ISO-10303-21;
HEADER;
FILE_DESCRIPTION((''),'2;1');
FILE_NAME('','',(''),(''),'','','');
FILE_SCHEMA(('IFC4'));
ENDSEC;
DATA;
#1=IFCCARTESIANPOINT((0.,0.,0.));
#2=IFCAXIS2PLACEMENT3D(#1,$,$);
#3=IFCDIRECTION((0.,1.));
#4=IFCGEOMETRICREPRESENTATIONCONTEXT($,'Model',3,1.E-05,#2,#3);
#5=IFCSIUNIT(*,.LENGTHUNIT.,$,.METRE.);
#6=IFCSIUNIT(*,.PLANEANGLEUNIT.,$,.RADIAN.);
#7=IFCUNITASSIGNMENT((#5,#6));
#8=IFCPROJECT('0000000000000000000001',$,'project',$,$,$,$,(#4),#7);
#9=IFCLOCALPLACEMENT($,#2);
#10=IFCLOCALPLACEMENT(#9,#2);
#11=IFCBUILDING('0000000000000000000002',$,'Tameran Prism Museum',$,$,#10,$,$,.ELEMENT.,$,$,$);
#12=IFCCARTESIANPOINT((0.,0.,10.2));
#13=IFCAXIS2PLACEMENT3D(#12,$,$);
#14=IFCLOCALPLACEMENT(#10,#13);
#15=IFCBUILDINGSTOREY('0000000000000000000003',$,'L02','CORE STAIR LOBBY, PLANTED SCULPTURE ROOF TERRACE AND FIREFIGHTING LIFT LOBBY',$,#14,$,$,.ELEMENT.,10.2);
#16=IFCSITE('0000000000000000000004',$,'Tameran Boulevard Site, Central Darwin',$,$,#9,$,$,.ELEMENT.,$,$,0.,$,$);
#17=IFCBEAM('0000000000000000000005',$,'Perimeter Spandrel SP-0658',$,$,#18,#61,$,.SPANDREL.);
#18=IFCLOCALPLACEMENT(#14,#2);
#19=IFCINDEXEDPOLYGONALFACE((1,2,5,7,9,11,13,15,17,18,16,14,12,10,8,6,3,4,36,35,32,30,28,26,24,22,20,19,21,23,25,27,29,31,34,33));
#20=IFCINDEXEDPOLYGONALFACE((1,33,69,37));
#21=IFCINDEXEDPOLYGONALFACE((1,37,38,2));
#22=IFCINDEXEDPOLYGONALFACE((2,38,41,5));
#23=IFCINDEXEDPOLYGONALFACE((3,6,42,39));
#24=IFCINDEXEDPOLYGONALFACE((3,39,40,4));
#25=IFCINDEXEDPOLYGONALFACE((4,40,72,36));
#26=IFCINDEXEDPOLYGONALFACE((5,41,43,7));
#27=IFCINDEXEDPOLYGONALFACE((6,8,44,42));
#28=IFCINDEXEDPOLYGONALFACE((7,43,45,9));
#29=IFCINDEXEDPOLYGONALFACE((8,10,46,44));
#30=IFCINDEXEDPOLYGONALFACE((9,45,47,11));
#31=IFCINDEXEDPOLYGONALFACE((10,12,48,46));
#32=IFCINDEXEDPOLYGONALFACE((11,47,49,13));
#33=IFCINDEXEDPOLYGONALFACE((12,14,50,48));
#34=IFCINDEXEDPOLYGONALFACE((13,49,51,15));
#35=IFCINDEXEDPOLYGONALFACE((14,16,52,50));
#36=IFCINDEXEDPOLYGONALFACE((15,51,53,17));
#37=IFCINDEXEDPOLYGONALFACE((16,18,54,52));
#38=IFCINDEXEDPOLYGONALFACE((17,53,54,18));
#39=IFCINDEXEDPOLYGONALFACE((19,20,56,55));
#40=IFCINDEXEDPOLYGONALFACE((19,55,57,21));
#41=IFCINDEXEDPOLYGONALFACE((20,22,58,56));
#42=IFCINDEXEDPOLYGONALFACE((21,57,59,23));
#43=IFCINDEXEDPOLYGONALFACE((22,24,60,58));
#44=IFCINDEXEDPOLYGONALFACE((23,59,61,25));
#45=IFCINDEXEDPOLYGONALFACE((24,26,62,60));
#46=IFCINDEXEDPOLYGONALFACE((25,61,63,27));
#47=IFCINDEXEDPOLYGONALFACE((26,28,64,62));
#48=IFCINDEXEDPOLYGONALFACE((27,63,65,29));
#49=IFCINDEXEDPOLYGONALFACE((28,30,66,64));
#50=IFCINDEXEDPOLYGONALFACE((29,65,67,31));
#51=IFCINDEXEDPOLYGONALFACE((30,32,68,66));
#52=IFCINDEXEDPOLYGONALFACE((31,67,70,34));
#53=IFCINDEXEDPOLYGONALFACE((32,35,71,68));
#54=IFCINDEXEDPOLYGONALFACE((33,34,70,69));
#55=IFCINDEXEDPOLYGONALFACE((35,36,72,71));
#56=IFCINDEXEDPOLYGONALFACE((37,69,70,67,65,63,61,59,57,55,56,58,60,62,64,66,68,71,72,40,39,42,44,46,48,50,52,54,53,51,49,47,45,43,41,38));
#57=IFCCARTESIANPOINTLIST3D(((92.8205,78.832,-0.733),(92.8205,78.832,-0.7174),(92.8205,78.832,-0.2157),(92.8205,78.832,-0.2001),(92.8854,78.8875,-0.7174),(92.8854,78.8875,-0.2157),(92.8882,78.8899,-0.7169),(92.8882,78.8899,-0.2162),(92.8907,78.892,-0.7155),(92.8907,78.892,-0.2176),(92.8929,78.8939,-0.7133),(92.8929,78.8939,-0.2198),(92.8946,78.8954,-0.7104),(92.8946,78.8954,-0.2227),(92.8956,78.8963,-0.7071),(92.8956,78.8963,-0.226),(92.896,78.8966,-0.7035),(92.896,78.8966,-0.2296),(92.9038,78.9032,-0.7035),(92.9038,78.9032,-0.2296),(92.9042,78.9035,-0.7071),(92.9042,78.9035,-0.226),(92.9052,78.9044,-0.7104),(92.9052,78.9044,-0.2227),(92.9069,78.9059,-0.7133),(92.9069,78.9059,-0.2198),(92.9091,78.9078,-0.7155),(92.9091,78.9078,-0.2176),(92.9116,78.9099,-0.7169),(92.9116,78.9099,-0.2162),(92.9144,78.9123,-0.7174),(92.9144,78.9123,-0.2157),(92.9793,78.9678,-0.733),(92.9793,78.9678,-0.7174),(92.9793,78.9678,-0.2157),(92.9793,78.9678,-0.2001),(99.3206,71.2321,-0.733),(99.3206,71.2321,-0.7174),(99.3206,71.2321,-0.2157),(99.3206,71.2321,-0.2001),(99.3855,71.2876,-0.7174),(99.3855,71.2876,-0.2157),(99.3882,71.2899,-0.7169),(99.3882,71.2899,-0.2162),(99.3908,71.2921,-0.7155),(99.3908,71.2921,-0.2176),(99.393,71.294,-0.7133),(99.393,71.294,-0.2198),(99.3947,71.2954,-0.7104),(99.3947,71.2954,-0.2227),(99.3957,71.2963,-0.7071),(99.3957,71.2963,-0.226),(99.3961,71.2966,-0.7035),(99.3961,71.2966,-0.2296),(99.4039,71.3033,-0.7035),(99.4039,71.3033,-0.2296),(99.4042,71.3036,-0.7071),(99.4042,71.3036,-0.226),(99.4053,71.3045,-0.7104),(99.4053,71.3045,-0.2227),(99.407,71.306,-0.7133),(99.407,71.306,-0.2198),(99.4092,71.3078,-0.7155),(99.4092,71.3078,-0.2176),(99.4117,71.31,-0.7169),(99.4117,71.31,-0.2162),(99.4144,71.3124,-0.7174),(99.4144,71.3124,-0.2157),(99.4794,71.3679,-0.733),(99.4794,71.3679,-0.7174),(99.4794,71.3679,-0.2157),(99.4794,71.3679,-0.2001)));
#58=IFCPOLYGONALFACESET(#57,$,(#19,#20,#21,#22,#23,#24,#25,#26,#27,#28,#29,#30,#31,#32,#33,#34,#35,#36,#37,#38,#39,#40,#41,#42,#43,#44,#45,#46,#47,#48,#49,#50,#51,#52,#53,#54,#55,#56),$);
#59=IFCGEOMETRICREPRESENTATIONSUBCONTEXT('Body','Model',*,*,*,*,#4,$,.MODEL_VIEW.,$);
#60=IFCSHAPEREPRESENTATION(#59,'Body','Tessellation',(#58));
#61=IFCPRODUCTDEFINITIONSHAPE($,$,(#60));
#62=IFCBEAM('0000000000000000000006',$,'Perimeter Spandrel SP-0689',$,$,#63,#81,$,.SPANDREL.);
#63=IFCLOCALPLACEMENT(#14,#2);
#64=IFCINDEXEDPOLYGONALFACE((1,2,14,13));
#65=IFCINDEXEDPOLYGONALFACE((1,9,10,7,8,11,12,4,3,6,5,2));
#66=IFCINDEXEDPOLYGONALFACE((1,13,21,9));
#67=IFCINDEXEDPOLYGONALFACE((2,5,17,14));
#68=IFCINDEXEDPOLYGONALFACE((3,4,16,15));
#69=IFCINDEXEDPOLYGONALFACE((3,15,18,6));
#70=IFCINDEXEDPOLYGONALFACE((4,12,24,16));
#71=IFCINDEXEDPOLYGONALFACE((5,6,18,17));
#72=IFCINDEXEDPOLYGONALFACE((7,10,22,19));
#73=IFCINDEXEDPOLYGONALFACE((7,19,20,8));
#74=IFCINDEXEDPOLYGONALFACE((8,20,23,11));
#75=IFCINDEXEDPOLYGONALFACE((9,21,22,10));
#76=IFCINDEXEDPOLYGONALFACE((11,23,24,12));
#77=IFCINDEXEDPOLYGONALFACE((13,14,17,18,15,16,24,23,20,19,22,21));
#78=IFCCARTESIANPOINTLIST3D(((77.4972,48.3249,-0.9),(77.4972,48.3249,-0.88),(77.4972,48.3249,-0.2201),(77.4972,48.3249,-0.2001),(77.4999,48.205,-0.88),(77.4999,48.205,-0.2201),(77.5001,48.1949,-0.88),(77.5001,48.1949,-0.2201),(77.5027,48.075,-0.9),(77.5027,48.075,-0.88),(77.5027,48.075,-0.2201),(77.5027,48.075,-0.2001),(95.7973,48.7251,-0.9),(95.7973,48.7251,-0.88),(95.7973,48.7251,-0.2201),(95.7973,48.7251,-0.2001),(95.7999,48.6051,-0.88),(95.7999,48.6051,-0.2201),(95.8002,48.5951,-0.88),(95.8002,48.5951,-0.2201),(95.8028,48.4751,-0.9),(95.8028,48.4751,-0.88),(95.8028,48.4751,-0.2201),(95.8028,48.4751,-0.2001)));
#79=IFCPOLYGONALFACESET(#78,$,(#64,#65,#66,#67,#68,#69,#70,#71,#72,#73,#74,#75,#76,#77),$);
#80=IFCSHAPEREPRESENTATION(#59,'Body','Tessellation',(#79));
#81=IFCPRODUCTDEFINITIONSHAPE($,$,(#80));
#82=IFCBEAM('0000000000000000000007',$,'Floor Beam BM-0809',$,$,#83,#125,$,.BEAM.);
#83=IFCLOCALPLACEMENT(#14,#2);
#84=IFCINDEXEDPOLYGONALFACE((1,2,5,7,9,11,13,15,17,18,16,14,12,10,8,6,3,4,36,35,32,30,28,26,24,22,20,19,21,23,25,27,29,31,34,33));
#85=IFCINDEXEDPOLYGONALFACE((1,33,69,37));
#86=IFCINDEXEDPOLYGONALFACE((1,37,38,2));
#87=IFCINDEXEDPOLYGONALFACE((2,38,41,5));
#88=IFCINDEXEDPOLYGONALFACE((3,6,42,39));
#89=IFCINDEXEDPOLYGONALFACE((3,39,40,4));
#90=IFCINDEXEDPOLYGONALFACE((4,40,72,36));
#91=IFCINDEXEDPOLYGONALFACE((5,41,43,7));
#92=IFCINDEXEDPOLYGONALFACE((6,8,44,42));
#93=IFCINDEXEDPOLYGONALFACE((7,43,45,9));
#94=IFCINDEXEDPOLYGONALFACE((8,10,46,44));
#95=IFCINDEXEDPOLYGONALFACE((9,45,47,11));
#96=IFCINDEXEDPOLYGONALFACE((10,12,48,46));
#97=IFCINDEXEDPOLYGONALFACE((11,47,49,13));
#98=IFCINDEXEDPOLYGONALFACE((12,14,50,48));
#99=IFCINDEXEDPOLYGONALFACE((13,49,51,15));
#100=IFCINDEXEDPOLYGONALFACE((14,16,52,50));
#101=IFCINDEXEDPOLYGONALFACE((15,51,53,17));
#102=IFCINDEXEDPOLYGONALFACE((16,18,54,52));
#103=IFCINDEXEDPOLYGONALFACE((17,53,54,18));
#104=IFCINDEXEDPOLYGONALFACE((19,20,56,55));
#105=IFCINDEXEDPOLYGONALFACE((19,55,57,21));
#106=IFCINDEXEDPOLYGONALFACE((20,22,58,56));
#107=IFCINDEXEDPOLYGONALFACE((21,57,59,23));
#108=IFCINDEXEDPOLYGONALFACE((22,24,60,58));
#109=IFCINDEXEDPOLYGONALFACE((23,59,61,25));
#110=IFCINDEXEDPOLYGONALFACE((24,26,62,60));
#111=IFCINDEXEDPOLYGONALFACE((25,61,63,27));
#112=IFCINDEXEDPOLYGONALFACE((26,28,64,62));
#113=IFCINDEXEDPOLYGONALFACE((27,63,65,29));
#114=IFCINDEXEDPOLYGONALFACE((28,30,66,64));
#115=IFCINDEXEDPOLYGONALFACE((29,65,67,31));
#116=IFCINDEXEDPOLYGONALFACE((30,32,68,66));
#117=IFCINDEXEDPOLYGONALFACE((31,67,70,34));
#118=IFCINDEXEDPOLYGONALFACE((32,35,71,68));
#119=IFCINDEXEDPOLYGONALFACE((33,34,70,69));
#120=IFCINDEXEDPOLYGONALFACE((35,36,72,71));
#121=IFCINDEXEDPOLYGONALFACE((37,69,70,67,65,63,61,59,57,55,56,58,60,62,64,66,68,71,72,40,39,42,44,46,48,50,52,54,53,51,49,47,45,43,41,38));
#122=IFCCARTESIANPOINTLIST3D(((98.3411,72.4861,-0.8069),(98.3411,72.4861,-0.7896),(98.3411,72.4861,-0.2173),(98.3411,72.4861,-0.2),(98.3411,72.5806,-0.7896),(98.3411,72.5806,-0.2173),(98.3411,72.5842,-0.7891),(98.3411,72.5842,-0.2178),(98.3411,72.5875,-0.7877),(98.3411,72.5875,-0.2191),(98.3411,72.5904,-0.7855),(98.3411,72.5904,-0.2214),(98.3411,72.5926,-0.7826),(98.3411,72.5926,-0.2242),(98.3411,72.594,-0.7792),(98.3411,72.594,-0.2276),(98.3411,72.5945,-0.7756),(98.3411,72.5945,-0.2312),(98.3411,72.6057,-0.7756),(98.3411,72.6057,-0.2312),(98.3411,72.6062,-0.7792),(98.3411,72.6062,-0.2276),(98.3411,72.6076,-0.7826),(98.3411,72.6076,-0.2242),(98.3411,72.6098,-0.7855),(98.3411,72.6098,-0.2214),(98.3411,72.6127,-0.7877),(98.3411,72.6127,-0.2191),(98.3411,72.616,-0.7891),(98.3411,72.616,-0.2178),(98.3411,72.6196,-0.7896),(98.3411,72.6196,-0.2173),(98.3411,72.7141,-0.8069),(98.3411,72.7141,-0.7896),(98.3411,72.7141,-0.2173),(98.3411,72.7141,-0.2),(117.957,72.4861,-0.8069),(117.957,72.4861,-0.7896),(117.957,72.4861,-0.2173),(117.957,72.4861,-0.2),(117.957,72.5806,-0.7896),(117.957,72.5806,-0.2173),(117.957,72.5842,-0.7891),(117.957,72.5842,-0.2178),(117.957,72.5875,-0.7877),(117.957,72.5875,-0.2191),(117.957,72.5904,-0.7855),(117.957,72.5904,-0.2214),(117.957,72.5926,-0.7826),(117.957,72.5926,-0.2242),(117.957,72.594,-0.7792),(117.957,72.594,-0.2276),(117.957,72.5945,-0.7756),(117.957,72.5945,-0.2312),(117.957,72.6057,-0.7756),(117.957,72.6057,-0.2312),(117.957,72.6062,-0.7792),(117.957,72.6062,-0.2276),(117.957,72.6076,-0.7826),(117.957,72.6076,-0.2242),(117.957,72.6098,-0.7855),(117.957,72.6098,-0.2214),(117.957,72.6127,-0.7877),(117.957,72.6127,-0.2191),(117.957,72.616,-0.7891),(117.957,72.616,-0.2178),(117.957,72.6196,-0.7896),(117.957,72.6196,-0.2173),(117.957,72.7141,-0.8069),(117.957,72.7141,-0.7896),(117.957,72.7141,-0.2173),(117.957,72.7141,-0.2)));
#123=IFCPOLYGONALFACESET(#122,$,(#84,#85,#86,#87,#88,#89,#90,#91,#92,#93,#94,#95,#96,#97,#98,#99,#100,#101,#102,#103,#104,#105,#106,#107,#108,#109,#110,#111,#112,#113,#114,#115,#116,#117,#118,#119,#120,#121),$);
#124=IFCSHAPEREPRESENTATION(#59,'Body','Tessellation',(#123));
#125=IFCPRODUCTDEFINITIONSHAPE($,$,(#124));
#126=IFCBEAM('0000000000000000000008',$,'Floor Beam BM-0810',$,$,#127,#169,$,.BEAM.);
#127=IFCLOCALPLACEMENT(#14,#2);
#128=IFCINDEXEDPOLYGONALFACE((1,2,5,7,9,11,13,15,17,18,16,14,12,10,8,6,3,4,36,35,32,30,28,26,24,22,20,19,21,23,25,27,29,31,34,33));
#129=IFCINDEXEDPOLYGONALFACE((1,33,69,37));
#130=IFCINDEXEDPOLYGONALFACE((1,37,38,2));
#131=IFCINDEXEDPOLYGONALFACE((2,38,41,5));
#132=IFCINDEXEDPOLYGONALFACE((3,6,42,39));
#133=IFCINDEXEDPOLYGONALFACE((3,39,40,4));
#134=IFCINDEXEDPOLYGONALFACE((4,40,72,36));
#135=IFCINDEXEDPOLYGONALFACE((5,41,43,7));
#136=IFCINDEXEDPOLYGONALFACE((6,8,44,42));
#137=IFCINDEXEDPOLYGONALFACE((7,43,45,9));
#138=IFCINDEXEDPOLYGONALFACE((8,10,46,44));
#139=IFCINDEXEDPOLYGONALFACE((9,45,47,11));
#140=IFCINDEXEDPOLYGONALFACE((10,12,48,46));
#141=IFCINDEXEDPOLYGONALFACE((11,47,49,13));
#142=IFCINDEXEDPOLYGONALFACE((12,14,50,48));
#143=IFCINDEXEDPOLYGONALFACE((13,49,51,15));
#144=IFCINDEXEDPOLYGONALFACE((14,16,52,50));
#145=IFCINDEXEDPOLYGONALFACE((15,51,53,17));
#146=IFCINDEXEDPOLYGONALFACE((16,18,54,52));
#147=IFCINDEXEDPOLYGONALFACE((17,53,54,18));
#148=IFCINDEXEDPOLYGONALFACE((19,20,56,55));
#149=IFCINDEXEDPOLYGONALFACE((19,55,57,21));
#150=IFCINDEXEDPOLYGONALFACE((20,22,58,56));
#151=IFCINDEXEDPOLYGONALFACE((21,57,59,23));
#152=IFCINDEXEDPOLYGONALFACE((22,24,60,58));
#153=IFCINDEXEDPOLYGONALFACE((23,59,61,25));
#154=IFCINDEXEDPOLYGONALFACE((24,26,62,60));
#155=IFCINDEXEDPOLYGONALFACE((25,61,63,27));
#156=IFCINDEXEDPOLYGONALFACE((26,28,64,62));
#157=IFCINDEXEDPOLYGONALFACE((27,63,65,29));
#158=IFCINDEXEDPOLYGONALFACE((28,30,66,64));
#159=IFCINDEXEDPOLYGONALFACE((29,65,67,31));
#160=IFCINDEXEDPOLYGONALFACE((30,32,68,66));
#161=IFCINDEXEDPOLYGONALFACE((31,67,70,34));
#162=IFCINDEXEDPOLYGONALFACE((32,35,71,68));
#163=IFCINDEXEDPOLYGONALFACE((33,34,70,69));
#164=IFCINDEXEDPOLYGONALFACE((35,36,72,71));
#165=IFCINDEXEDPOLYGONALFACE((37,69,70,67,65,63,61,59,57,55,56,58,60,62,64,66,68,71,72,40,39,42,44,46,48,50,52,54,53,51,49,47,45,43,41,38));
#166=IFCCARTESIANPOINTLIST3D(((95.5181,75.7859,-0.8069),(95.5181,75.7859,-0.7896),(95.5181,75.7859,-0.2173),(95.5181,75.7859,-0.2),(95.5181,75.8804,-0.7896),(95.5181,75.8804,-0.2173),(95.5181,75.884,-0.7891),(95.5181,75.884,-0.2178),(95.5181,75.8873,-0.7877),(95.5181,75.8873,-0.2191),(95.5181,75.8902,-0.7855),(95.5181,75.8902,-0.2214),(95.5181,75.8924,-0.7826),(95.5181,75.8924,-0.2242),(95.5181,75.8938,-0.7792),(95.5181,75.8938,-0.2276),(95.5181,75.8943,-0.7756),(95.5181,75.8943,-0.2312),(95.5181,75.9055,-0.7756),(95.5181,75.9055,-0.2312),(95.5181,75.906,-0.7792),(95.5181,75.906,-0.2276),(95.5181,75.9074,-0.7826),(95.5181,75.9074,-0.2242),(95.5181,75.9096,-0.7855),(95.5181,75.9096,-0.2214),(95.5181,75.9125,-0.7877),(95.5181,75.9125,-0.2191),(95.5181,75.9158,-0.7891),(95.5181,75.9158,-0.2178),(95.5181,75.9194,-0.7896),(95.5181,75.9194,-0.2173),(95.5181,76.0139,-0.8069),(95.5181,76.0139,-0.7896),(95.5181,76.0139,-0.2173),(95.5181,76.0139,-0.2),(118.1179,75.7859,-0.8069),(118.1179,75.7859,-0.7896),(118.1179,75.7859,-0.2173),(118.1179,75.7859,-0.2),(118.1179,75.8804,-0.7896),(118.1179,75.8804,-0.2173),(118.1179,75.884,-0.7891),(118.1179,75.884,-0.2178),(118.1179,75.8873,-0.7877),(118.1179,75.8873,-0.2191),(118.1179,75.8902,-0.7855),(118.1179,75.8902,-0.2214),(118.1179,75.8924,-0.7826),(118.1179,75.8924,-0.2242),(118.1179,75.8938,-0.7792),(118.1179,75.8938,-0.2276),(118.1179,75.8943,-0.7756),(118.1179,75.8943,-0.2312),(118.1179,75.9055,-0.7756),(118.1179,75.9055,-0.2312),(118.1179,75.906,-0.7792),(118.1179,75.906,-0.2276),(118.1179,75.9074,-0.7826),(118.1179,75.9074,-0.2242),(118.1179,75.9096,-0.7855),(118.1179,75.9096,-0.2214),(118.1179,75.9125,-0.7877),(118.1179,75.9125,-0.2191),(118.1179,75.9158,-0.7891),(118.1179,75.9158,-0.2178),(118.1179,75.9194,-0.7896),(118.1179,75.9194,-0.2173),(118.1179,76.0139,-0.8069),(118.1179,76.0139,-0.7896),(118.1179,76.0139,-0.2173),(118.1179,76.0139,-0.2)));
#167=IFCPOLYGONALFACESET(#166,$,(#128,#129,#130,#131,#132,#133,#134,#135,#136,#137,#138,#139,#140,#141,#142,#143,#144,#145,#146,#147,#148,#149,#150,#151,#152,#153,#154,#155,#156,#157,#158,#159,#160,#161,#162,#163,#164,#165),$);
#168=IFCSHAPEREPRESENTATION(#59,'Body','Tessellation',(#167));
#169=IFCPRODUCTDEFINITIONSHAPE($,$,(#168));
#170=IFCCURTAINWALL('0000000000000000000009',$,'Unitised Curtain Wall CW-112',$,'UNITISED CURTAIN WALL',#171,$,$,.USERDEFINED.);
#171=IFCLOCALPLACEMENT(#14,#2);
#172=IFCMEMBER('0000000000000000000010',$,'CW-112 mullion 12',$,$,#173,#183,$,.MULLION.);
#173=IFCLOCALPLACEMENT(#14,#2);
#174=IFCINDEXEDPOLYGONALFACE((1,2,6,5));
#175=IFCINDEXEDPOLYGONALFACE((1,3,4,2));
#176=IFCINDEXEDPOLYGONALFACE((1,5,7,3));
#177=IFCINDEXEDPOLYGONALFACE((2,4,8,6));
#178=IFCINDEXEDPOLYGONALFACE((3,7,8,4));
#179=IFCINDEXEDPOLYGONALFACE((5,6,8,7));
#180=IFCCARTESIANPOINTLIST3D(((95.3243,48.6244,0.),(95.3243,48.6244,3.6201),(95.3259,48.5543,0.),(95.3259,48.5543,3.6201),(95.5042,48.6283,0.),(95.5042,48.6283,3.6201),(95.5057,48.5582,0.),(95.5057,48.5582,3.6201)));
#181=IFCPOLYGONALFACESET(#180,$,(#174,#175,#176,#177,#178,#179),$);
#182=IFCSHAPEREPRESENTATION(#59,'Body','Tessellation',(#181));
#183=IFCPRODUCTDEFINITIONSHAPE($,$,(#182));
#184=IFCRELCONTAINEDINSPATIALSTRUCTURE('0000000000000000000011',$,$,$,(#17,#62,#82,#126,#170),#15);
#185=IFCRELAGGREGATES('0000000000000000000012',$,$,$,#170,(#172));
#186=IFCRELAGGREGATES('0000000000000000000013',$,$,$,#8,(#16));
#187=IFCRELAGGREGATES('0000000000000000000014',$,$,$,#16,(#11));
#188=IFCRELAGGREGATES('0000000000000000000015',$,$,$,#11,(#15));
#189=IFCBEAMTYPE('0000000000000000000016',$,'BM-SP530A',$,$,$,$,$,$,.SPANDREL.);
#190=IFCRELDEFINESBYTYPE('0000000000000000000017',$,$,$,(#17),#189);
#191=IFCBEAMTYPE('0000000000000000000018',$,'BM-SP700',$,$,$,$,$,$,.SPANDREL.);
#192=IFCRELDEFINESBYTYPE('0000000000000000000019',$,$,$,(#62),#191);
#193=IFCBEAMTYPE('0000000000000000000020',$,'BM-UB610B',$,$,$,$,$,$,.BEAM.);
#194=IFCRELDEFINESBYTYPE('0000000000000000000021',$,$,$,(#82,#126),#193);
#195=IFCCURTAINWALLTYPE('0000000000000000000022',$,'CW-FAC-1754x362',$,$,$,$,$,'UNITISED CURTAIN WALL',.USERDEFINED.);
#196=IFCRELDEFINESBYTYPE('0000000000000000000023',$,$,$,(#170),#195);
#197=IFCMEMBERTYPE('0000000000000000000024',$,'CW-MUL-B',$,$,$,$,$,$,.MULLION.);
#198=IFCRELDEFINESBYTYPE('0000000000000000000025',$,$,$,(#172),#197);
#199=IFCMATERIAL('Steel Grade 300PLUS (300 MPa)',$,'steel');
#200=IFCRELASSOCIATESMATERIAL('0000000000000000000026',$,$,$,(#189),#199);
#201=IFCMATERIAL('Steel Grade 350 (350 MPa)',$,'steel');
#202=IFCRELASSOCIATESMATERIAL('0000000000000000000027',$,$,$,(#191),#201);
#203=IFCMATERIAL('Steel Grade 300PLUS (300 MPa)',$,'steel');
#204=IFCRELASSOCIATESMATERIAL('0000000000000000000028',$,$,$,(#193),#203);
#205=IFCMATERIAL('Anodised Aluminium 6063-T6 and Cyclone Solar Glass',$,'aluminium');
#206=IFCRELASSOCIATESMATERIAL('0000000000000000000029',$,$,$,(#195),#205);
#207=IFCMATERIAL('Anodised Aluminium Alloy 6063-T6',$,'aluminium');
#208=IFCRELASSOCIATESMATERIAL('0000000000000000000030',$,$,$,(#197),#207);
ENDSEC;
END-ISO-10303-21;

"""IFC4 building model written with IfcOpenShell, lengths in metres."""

from ifc_helpers import new_model, si_unit, direction, frame, origin, origin_2d, place, context, subcontext, project, spatial, rectangle, i_section, extrude, material, material_profile, profile_set, type_object, element, aggregate, save


model = new_model("IFC4")

# Units and contexts
model_context = context("Model", 3, precision=1e-05, world=origin(), true_north=direction((0.0, 1.0)))
body_context = subcontext(model_context, "Body", "Model", "MODEL_VIEW")
ifc_project = project(units=[si_unit("LENGTHUNIT", "METRE"), si_unit("PLANEANGLEUNIT", "RADIAN")], contexts=[model_context])

# Site, building, storey
site_placement = place(None, origin())
site = spatial("IfcSite", under=ifc_project, at=site_placement, Name="Tameran Boulevard Site, Central Darwin", CompositionType="ELEMENT", RefElevation=0.0)
building_placement = place(site_placement, origin())
building = spatial("IfcBuilding", under=site, at=building_placement, Name="Tameran Prism Museum", CompositionType="ELEMENT")
storey_placement = place(building_placement, frame((0.0, 0.0, 10.2)))
storey = spatial("IfcBuildingStorey", under=building, at=storey_placement, Name="L02", Description="CORE STAIR LOBBY, PLANTED SCULPTURE ROOF TERRACE AND FIREFIGHTING LIFT LOBBY", CompositionType="ELEMENT", Elevation=10.2)

# Beams
ifc_material_1 = material(Name="Steel Grade 300PLUS (300 MPa)", Category="steel")
ifc_material_profile_1 = material_profile(ifc_material_1, i_section(OverallWidth=0.209, OverallDepth=0.533, WebThickness=0.0103, FlangeThickness=0.0156, FilletRadius=0.0139, at=origin_2d()))
ifc_profile_set_1 = profile_set([ifc_material_profile_1])
beam_type_1 = type_object("IfcBeamType", Name="BM-SP530A", PredefinedType="SPANDREL", material=ifc_profile_set_1)
beam_1_placement = place(storey_placement, frame((92.8999, 78.8999, -0.4666), z_axis=(0.649975, -0.759956, 0.0), x_axis=(0.759956, 0.649975, 0.0)))
element("IfcBeam", 1, at=beam_1_placement, inside=storey, type_object=beam_type_1, Name="Perimeter Spandrel SP-0658", PredefinedType="SPANDREL", context=body_context, shape_type="SweptSolid", body=[
    extrude(i_section(OverallWidth=0.209, OverallDepth=0.533, WebThickness=0.0103, FlangeThickness=0.0156, FilletRadius=0.0139, at=origin_2d()), origin(), (0.0, 0.0, 1.0), 10.0005),
])
ifc_material_2 = material(Name="Steel Grade 350 (350 MPa)", Category="steel")
ifc_material_profile_2 = material_profile(ifc_material_2, i_section(OverallWidth=0.25, OverallDepth=0.7, WebThickness=0.01, FlangeThickness=0.02, at=origin_2d()))
ifc_profile_set_2 = profile_set([ifc_material_profile_2])
beam_type_2 = type_object("IfcBeamType", Name="BM-SP700", PredefinedType="SPANDREL", material=ifc_profile_set_2)
beam_2_placement = place(storey_placement, frame((95.8, 48.6001, -0.55), z_axis=(-0.999761, -0.021861, 0.0), x_axis=(0.021861, -0.999761, 0.0)))
element("IfcBeam", 2, at=beam_2_placement, inside=storey, type_object=beam_type_2, Name="Perimeter Spandrel SP-0689", PredefinedType="SPANDREL", context=body_context, shape_type="SweptSolid", body=[
    extrude(i_section(OverallWidth=0.25, OverallDepth=0.7, WebThickness=0.01, FlangeThickness=0.02, at=origin_2d()), origin(), (0.0, 0.0, 1.0), 18.3044),
])
ifc_material_3 = material(Name="Steel Grade 300PLUS (300 MPa)", Category="steel")
ifc_material_profile_3 = material_profile(ifc_material_3, i_section(OverallWidth=0.228, OverallDepth=0.6069, WebThickness=0.0112, FlangeThickness=0.0173, FilletRadius=0.0139, at=origin_2d()))
ifc_profile_set_3 = profile_set([ifc_material_profile_3])
beam_type_3 = type_object("IfcBeamType", Name="BM-UB610B", PredefinedType="BEAM", material=ifc_profile_set_3)
beam_3_placement = place(storey_placement, frame((98.3411, 72.6001, -0.5034), z_axis=(1.0, 0.0, 0.0), x_axis=(0.0, 1.0, 0.0)))
element("IfcBeam", 3, at=beam_3_placement, inside=storey, type_object=beam_type_3, Name="Floor Beam BM-0809", PredefinedType="BEAM", context=body_context, shape_type="SweptSolid", body=[
    extrude(i_section(OverallWidth=0.228, OverallDepth=0.6069, WebThickness=0.0112, FlangeThickness=0.0173, FilletRadius=0.0139, at=origin_2d()), origin(), (0.0, 0.0, 1.0), 19.616),
])
beam_4_placement = place(storey_placement, frame((95.5181, 75.8999, -0.5034), z_axis=(1.0, 0.0, 0.0), x_axis=(0.0, 1.0, 0.0)))
element("IfcBeam", 4, at=beam_4_placement, inside=storey, type_object=beam_type_3, Name="Floor Beam BM-0810", PredefinedType="BEAM", context=body_context, shape_type="SweptSolid", body=[
    extrude(i_section(OverallWidth=0.228, OverallDepth=0.6069, WebThickness=0.0112, FlangeThickness=0.0173, FilletRadius=0.0139, at=origin_2d()), origin(), (0.0, 0.0, 1.0), 22.5999),
])

# Curtain wall, member
ifc_material_4 = material(Name="Anodised Aluminium 6063-T6 and Cyclone Solar Glass", Category="aluminium")
curtain_wall_type_1 = type_object("IfcCurtainWallType", Name="CW-FAC-1754x362", ElementType="UNITISED CURTAIN WALL", PredefinedType="USERDEFINED", material=ifc_material_4)
curtain_wall_1_placement = place(storey_placement, origin())
curtain_wall_1 = element("IfcCurtainWall", 5, at=curtain_wall_1_placement, inside=storey, type_object=curtain_wall_type_1, Name="Unitised Curtain Wall CW-112", ObjectType="UNITISED CURTAIN WALL", PredefinedType="USERDEFINED")
ifc_material_5 = material(Name="Anodised Aluminium Alloy 6063-T6", Category="aluminium")
ifc_material_profile_4 = material_profile(ifc_material_5, rectangle(XDim=0.0701, YDim=0.1799, at=origin_2d()))
ifc_profile_set_4 = profile_set([ifc_material_profile_4])
member_type_1 = type_object("IfcMemberType", Name="CW-MUL-B", PredefinedType="MULLION", material=ifc_profile_set_4)
member_1_placement = place(storey_placement, frame((95.415, 48.5913, 0.0), z_axis=(0.0, 0.0, 1.0), x_axis=(-0.021831, 0.999762, 0.0)))
member_1 = element("IfcMember", 6, at=member_1_placement, type_object=member_type_1, Name="CW-112 mullion 12", PredefinedType="MULLION", context=body_context, shape_type="SweptSolid", body=[
    extrude(rectangle(XDim=0.0701, YDim=0.1799, at=origin_2d()), origin(), (0.0, 0.0, 1.0), 3.6201),
])

aggregate(curtain_wall_1, [member_1])

save(model, "model.ifc")
